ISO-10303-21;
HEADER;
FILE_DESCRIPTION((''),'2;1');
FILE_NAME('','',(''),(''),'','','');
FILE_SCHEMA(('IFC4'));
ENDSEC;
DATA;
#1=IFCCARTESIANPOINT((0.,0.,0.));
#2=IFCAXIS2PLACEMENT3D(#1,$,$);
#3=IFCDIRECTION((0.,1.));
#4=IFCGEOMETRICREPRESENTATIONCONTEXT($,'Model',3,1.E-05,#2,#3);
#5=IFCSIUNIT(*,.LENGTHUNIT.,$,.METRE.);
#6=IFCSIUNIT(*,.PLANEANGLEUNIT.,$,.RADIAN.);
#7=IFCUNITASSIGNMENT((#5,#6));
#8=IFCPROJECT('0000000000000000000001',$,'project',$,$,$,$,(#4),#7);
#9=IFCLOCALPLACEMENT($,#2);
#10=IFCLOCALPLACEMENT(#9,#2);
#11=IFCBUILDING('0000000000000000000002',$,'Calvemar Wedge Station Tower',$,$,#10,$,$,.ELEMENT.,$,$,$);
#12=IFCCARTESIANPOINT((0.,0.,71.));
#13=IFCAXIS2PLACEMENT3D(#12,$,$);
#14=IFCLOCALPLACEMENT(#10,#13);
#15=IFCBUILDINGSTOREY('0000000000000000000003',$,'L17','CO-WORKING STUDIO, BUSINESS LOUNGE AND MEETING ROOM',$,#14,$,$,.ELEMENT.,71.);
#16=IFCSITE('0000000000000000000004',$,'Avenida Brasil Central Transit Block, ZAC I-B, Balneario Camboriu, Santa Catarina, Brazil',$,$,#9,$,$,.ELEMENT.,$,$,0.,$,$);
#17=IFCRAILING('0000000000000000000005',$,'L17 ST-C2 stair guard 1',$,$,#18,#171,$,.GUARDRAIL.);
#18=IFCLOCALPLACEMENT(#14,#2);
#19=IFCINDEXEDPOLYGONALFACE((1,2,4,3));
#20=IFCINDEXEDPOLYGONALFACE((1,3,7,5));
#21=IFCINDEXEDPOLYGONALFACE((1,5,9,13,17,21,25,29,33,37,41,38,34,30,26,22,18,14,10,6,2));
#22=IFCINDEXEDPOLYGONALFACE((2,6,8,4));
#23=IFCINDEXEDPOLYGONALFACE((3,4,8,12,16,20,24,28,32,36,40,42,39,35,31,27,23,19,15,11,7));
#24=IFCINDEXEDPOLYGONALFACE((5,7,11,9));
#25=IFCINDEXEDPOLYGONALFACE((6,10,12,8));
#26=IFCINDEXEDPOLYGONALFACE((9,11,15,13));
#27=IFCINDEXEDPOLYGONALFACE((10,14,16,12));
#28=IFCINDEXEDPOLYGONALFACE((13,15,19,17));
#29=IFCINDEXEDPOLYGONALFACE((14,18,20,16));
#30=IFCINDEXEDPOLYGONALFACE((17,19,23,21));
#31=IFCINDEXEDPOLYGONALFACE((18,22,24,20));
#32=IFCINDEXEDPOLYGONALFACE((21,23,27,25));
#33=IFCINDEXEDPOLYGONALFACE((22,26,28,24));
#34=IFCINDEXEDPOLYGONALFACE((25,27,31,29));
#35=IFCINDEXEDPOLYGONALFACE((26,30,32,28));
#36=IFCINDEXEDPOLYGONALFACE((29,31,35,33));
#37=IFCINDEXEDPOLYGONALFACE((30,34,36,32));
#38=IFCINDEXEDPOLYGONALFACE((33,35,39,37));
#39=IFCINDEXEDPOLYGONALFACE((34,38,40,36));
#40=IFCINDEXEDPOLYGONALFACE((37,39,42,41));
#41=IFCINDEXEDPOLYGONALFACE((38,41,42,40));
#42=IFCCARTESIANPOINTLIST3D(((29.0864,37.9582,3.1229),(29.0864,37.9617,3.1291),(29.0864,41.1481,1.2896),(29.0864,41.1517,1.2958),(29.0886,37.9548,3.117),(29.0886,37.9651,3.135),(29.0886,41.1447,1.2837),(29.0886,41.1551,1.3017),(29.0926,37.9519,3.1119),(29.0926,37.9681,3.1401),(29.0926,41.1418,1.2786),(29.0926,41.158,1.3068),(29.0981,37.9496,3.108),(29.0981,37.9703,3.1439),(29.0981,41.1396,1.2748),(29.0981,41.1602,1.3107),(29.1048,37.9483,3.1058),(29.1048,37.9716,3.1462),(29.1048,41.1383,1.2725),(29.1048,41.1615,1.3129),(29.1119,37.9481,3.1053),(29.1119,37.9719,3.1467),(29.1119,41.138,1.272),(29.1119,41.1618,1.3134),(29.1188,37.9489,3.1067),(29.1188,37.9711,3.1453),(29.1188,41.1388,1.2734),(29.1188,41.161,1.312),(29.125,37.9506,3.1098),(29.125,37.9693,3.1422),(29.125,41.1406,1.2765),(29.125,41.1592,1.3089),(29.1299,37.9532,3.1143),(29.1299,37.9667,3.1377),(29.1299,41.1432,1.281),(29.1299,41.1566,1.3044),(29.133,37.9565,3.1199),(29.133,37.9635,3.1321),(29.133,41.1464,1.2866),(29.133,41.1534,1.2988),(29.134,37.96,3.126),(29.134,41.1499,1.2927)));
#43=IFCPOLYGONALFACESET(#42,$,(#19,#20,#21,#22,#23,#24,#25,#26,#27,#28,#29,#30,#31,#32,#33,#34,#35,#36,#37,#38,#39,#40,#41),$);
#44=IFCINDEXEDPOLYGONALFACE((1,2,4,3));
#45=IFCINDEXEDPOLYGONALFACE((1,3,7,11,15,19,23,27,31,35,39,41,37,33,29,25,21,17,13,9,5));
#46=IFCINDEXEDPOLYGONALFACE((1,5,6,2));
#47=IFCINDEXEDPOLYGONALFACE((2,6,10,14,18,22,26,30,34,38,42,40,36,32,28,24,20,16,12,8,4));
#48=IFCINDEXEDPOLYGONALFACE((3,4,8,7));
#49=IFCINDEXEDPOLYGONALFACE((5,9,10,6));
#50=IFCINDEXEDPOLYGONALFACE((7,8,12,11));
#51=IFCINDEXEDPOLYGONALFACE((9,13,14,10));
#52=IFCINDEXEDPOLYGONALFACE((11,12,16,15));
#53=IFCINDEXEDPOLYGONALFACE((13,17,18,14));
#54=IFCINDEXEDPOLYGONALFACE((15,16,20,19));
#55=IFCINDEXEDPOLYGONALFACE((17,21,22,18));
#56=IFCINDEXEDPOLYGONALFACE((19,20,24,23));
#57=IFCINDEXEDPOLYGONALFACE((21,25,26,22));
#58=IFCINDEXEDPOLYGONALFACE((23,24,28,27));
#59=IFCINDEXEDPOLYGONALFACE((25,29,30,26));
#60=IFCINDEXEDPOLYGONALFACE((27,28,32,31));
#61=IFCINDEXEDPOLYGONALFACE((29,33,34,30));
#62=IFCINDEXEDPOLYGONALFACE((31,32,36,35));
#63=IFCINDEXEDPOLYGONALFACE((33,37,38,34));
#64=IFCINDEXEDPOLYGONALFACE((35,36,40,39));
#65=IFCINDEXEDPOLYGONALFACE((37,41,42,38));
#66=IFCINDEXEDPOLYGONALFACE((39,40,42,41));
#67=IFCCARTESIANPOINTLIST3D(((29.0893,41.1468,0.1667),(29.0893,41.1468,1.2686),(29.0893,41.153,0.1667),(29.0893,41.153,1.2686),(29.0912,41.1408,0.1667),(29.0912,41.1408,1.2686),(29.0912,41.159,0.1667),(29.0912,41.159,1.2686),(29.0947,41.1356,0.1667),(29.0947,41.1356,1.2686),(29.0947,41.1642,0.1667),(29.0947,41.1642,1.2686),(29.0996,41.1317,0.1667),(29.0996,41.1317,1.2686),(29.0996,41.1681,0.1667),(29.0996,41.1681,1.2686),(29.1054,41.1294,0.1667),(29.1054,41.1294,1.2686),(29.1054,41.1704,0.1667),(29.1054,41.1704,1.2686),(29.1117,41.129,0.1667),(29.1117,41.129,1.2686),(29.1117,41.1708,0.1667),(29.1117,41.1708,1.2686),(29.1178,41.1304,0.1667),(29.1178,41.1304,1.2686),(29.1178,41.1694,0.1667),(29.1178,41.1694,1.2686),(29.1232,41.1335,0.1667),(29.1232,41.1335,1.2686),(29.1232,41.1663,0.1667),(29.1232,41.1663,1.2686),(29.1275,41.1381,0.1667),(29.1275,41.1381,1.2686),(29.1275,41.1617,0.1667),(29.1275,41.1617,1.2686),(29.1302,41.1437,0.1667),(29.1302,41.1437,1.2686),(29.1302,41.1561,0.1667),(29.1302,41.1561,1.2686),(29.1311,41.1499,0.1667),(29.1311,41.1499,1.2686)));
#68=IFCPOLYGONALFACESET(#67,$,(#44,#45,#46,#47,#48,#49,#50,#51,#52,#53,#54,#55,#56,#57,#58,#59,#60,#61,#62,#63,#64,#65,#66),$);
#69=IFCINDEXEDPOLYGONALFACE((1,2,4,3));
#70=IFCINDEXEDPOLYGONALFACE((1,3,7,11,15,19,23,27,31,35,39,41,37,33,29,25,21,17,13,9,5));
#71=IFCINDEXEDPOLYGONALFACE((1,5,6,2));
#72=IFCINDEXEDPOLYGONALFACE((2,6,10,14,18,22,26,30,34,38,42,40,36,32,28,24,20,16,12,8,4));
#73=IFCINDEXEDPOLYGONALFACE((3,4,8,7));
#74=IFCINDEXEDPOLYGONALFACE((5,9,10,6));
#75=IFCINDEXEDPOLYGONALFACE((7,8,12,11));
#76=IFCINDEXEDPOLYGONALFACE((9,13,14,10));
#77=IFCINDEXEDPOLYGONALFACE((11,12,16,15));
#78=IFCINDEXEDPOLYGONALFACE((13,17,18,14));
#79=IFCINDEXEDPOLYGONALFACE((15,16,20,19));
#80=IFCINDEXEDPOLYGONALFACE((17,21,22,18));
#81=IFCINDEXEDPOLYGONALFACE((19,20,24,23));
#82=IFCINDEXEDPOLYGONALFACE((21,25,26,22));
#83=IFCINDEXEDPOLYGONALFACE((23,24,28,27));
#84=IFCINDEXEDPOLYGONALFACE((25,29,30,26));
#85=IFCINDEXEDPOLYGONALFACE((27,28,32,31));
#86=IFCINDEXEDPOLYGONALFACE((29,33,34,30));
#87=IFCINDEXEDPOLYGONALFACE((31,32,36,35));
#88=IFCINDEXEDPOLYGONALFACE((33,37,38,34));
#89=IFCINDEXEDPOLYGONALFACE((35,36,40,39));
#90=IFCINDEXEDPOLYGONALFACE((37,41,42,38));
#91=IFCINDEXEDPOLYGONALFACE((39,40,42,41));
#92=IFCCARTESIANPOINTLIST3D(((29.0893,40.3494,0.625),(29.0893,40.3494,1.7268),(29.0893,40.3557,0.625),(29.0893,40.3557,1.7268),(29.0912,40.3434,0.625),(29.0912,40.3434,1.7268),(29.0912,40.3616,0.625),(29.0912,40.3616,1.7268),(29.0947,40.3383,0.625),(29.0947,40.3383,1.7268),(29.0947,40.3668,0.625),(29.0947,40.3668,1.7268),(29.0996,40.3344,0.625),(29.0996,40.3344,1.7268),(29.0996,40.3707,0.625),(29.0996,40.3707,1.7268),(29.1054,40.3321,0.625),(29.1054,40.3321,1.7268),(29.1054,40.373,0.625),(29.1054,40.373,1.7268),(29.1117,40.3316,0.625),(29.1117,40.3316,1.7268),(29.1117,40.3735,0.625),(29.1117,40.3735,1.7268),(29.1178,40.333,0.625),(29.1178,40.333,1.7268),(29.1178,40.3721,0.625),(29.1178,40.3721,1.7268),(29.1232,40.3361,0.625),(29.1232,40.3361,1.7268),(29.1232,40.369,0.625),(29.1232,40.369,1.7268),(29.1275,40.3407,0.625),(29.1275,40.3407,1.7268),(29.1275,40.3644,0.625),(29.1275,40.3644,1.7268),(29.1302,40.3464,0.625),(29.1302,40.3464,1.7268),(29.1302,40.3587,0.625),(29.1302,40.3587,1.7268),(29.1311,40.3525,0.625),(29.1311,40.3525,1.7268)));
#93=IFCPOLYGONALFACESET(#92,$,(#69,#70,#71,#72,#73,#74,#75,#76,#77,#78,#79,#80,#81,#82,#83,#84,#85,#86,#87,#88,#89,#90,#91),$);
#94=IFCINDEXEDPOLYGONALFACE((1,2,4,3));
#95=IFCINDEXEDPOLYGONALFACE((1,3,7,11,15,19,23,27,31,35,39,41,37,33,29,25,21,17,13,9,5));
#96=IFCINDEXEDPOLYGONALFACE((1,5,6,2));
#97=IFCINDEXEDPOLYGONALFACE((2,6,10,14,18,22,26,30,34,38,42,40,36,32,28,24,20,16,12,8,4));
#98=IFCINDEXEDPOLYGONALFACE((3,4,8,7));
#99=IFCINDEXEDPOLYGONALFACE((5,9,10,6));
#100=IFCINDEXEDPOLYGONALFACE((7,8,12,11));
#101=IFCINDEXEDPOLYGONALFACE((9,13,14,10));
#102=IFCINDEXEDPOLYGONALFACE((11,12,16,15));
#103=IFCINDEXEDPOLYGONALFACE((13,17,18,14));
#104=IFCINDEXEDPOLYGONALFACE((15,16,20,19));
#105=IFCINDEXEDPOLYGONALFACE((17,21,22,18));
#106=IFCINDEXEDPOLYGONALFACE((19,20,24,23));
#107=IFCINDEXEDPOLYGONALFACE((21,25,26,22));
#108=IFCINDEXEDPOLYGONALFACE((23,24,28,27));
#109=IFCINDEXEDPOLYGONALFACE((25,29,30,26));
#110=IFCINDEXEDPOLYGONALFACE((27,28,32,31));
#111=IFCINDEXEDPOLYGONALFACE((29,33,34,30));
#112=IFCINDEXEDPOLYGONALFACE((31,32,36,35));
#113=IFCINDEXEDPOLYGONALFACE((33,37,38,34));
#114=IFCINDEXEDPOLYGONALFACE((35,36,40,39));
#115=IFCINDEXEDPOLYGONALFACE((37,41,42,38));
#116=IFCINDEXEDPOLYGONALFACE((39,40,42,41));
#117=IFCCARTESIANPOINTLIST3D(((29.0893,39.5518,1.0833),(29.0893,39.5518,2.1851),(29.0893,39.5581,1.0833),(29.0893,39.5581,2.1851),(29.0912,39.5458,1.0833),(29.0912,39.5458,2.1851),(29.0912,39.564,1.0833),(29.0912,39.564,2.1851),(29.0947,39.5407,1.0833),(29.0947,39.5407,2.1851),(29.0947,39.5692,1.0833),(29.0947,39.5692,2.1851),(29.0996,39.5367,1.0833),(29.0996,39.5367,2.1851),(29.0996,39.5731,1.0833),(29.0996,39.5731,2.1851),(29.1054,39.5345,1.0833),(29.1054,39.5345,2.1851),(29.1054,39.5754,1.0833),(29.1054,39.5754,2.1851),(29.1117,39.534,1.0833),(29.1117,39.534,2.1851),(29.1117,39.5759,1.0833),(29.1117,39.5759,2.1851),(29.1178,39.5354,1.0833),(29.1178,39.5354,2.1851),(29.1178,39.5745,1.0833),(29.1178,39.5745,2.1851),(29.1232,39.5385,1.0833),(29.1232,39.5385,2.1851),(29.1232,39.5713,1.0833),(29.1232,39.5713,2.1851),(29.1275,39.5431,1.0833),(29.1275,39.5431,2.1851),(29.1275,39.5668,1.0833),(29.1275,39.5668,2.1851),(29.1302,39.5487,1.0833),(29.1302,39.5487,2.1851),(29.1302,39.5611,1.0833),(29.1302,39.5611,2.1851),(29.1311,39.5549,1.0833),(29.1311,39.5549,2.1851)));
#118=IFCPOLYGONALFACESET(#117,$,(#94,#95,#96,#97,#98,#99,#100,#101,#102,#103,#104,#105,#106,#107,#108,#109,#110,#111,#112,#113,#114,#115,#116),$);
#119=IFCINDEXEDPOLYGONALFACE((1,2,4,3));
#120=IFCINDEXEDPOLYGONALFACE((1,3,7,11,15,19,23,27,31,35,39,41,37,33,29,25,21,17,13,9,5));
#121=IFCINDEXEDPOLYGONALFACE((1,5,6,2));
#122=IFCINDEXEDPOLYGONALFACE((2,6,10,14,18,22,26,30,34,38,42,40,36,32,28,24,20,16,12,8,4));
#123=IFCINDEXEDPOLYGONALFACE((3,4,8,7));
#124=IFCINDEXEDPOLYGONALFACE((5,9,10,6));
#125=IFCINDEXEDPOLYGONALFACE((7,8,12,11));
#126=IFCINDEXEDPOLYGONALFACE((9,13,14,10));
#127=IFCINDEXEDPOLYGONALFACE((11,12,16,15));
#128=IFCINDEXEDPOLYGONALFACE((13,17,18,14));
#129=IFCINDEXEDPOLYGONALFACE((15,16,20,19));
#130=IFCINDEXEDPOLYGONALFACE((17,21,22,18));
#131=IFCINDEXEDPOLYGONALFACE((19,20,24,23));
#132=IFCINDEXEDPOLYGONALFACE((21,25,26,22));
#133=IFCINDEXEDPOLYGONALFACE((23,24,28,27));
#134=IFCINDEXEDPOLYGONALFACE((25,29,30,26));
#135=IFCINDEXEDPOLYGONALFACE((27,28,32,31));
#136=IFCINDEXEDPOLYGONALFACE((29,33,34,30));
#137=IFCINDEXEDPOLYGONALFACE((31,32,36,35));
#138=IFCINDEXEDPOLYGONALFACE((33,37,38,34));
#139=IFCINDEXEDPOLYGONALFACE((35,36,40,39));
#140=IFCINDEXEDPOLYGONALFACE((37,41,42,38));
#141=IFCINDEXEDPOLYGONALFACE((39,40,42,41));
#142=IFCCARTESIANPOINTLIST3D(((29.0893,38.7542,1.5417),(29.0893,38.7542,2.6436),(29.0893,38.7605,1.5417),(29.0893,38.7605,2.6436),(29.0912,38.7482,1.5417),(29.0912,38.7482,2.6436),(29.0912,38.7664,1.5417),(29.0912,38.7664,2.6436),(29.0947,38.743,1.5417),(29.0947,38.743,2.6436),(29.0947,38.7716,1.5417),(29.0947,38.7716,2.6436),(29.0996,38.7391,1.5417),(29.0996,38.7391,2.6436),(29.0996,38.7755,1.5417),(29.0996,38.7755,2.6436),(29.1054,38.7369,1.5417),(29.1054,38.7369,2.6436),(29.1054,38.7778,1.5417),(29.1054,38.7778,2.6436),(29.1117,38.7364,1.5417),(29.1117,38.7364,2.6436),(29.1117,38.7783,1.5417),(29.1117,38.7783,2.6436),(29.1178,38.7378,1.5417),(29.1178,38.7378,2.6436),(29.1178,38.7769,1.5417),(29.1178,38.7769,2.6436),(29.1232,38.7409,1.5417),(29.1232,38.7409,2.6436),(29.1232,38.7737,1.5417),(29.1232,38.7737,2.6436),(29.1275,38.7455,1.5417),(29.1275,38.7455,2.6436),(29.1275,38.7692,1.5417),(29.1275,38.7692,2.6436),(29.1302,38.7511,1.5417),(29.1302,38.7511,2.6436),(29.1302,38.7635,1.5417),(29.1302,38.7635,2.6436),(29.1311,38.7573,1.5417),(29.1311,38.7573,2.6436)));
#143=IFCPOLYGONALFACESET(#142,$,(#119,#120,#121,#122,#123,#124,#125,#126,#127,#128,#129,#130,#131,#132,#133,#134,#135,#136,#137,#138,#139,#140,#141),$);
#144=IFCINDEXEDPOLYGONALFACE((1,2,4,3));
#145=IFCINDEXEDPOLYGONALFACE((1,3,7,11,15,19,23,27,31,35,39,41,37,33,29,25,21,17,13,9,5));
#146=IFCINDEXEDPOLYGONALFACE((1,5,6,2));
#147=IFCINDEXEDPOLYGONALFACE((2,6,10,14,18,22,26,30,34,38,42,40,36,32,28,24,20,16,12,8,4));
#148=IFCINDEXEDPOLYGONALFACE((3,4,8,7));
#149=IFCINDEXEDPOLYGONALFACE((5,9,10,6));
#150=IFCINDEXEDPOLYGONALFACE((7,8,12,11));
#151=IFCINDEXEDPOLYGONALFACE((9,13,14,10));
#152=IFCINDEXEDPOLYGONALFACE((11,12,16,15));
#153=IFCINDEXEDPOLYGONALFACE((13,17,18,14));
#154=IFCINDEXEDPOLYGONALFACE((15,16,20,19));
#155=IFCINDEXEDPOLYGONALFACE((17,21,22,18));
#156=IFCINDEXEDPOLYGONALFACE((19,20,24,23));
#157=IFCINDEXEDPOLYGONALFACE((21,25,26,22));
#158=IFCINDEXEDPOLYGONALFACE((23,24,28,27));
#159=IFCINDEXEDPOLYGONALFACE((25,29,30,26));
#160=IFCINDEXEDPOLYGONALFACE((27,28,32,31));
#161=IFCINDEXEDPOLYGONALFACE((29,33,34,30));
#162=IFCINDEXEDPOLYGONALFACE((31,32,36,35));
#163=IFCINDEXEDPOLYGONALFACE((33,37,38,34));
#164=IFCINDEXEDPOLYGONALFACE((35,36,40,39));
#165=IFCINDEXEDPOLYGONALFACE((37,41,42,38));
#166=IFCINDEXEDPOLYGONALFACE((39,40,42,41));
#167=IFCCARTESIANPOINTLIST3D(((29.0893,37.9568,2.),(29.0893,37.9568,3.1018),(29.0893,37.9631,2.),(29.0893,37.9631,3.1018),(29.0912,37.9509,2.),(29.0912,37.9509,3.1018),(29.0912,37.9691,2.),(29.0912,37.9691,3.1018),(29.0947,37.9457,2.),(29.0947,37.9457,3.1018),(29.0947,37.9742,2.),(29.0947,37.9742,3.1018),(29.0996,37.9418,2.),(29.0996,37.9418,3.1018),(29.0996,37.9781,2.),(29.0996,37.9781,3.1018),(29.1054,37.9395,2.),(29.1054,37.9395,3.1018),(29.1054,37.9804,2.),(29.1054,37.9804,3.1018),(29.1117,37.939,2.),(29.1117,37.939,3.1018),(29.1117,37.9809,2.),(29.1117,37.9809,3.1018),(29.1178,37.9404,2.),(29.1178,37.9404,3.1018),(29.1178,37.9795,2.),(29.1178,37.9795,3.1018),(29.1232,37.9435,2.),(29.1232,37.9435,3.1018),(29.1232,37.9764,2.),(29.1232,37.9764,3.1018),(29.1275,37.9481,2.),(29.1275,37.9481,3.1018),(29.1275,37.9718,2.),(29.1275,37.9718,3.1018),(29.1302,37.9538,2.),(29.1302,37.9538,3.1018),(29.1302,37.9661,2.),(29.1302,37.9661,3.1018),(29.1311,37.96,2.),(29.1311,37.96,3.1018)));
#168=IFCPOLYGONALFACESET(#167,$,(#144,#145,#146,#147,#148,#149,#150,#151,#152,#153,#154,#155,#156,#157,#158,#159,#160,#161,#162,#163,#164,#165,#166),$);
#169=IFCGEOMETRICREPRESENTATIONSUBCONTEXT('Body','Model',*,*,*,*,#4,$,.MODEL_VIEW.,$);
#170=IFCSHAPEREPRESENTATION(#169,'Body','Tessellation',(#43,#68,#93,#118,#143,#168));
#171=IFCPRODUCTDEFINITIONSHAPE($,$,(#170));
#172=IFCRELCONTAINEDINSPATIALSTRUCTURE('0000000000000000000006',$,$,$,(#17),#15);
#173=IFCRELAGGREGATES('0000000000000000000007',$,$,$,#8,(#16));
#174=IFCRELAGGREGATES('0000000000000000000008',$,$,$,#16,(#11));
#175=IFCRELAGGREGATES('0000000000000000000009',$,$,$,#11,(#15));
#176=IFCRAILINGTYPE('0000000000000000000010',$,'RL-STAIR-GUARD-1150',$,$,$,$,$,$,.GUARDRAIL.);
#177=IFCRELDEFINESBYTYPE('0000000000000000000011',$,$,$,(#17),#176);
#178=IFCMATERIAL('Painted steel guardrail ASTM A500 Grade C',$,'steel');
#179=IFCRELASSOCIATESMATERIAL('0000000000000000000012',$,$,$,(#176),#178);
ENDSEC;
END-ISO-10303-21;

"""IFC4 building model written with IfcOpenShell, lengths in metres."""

from ifc_helpers import new_model, si_unit, direction, frame, origin, origin_2d, place, context, subcontext, project, spatial, circle, extrude, material, type_object, element, save


model = new_model("IFC4")

# Units and contexts
model_context = context("Model", 3, precision=1e-05, world=origin(), true_north=direction((0.0, 1.0)))
body_context = subcontext(model_context, "Body", "Model", "MODEL_VIEW")
ifc_project = project(units=[si_unit("LENGTHUNIT", "METRE"), si_unit("PLANEANGLEUNIT", "RADIAN")], contexts=[model_context])

# Site, building, storey
site_placement = place(None, origin())
site = spatial("IfcSite", under=ifc_project, at=site_placement, Name="Avenida Brasil Central Transit Block, ZAC I-B, Balneario Camboriu, Santa Catarina, Brazil", CompositionType="ELEMENT", RefElevation=0.0)
building_placement = place(site_placement, origin())
building = spatial("IfcBuilding", under=site, at=building_placement, Name="Calvemar Wedge Station Tower", CompositionType="ELEMENT")
storey_placement = place(building_placement, frame((0.0, 0.0, 71.0)))
storey = spatial("IfcBuildingStorey", under=building, at=storey_placement, Name="L17", Description="CO-WORKING STUDIO, BUSINESS LOUNGE AND MEETING ROOM", CompositionType="ELEMENT", Elevation=71.0)

# Railing
ifc_material_1 = material(Name="Painted steel guardrail ASTM A500 Grade C", Category="steel")
railing_type_1 = type_object("IfcRailingType", Name="RL-STAIR-GUARD-1150", PredefinedType="GUARDRAIL", material=ifc_material_1)
railing_1_placement = place(storey_placement, frame((29.1101, 41.1499, 0.1667)))
element("IfcRailing", 1, at=railing_1_placement, inside=storey, type_object=railing_type_1, Name="L17 ST-C2 stair guard 1", PredefinedType="GUARDRAIL", context=body_context, shape_type="SweptSolid", body=[
    extrude(circle(Radius=0.0239, at=origin_2d()), frame((0.0, 0.0, 1.126), z_axis=(0.0, -0.86702, 0.498274), x_axis=(1.0, 0.0, 0.0)), (0.0, 0.0, 1.0), 3.6792),
    extrude(circle(Radius=0.021, at=origin_2d()), origin(), (0.0, 0.0, 1.0), 1.1018),
    extrude(circle(Radius=0.021, at=origin_2d()), frame((0.0, -0.7974, 0.4583)), (0.0, 0.0, 1.0), 1.1018),
    extrude(circle(Radius=0.021, at=origin_2d()), frame((0.0, -1.595, 0.9165)), (0.0, 0.0, 1.0), 1.1018),
    extrude(circle(Radius=0.021, at=origin_2d()), frame((0.0, -2.3926, 1.375)), (0.0, 0.0, 1.0), 1.1018),
    extrude(circle(Radius=0.021, at=origin_2d()), frame((0.0, -3.1899, 1.8333)), (0.0, 0.0, 1.0), 1.1018),
])

save(model, "model.ifc")
